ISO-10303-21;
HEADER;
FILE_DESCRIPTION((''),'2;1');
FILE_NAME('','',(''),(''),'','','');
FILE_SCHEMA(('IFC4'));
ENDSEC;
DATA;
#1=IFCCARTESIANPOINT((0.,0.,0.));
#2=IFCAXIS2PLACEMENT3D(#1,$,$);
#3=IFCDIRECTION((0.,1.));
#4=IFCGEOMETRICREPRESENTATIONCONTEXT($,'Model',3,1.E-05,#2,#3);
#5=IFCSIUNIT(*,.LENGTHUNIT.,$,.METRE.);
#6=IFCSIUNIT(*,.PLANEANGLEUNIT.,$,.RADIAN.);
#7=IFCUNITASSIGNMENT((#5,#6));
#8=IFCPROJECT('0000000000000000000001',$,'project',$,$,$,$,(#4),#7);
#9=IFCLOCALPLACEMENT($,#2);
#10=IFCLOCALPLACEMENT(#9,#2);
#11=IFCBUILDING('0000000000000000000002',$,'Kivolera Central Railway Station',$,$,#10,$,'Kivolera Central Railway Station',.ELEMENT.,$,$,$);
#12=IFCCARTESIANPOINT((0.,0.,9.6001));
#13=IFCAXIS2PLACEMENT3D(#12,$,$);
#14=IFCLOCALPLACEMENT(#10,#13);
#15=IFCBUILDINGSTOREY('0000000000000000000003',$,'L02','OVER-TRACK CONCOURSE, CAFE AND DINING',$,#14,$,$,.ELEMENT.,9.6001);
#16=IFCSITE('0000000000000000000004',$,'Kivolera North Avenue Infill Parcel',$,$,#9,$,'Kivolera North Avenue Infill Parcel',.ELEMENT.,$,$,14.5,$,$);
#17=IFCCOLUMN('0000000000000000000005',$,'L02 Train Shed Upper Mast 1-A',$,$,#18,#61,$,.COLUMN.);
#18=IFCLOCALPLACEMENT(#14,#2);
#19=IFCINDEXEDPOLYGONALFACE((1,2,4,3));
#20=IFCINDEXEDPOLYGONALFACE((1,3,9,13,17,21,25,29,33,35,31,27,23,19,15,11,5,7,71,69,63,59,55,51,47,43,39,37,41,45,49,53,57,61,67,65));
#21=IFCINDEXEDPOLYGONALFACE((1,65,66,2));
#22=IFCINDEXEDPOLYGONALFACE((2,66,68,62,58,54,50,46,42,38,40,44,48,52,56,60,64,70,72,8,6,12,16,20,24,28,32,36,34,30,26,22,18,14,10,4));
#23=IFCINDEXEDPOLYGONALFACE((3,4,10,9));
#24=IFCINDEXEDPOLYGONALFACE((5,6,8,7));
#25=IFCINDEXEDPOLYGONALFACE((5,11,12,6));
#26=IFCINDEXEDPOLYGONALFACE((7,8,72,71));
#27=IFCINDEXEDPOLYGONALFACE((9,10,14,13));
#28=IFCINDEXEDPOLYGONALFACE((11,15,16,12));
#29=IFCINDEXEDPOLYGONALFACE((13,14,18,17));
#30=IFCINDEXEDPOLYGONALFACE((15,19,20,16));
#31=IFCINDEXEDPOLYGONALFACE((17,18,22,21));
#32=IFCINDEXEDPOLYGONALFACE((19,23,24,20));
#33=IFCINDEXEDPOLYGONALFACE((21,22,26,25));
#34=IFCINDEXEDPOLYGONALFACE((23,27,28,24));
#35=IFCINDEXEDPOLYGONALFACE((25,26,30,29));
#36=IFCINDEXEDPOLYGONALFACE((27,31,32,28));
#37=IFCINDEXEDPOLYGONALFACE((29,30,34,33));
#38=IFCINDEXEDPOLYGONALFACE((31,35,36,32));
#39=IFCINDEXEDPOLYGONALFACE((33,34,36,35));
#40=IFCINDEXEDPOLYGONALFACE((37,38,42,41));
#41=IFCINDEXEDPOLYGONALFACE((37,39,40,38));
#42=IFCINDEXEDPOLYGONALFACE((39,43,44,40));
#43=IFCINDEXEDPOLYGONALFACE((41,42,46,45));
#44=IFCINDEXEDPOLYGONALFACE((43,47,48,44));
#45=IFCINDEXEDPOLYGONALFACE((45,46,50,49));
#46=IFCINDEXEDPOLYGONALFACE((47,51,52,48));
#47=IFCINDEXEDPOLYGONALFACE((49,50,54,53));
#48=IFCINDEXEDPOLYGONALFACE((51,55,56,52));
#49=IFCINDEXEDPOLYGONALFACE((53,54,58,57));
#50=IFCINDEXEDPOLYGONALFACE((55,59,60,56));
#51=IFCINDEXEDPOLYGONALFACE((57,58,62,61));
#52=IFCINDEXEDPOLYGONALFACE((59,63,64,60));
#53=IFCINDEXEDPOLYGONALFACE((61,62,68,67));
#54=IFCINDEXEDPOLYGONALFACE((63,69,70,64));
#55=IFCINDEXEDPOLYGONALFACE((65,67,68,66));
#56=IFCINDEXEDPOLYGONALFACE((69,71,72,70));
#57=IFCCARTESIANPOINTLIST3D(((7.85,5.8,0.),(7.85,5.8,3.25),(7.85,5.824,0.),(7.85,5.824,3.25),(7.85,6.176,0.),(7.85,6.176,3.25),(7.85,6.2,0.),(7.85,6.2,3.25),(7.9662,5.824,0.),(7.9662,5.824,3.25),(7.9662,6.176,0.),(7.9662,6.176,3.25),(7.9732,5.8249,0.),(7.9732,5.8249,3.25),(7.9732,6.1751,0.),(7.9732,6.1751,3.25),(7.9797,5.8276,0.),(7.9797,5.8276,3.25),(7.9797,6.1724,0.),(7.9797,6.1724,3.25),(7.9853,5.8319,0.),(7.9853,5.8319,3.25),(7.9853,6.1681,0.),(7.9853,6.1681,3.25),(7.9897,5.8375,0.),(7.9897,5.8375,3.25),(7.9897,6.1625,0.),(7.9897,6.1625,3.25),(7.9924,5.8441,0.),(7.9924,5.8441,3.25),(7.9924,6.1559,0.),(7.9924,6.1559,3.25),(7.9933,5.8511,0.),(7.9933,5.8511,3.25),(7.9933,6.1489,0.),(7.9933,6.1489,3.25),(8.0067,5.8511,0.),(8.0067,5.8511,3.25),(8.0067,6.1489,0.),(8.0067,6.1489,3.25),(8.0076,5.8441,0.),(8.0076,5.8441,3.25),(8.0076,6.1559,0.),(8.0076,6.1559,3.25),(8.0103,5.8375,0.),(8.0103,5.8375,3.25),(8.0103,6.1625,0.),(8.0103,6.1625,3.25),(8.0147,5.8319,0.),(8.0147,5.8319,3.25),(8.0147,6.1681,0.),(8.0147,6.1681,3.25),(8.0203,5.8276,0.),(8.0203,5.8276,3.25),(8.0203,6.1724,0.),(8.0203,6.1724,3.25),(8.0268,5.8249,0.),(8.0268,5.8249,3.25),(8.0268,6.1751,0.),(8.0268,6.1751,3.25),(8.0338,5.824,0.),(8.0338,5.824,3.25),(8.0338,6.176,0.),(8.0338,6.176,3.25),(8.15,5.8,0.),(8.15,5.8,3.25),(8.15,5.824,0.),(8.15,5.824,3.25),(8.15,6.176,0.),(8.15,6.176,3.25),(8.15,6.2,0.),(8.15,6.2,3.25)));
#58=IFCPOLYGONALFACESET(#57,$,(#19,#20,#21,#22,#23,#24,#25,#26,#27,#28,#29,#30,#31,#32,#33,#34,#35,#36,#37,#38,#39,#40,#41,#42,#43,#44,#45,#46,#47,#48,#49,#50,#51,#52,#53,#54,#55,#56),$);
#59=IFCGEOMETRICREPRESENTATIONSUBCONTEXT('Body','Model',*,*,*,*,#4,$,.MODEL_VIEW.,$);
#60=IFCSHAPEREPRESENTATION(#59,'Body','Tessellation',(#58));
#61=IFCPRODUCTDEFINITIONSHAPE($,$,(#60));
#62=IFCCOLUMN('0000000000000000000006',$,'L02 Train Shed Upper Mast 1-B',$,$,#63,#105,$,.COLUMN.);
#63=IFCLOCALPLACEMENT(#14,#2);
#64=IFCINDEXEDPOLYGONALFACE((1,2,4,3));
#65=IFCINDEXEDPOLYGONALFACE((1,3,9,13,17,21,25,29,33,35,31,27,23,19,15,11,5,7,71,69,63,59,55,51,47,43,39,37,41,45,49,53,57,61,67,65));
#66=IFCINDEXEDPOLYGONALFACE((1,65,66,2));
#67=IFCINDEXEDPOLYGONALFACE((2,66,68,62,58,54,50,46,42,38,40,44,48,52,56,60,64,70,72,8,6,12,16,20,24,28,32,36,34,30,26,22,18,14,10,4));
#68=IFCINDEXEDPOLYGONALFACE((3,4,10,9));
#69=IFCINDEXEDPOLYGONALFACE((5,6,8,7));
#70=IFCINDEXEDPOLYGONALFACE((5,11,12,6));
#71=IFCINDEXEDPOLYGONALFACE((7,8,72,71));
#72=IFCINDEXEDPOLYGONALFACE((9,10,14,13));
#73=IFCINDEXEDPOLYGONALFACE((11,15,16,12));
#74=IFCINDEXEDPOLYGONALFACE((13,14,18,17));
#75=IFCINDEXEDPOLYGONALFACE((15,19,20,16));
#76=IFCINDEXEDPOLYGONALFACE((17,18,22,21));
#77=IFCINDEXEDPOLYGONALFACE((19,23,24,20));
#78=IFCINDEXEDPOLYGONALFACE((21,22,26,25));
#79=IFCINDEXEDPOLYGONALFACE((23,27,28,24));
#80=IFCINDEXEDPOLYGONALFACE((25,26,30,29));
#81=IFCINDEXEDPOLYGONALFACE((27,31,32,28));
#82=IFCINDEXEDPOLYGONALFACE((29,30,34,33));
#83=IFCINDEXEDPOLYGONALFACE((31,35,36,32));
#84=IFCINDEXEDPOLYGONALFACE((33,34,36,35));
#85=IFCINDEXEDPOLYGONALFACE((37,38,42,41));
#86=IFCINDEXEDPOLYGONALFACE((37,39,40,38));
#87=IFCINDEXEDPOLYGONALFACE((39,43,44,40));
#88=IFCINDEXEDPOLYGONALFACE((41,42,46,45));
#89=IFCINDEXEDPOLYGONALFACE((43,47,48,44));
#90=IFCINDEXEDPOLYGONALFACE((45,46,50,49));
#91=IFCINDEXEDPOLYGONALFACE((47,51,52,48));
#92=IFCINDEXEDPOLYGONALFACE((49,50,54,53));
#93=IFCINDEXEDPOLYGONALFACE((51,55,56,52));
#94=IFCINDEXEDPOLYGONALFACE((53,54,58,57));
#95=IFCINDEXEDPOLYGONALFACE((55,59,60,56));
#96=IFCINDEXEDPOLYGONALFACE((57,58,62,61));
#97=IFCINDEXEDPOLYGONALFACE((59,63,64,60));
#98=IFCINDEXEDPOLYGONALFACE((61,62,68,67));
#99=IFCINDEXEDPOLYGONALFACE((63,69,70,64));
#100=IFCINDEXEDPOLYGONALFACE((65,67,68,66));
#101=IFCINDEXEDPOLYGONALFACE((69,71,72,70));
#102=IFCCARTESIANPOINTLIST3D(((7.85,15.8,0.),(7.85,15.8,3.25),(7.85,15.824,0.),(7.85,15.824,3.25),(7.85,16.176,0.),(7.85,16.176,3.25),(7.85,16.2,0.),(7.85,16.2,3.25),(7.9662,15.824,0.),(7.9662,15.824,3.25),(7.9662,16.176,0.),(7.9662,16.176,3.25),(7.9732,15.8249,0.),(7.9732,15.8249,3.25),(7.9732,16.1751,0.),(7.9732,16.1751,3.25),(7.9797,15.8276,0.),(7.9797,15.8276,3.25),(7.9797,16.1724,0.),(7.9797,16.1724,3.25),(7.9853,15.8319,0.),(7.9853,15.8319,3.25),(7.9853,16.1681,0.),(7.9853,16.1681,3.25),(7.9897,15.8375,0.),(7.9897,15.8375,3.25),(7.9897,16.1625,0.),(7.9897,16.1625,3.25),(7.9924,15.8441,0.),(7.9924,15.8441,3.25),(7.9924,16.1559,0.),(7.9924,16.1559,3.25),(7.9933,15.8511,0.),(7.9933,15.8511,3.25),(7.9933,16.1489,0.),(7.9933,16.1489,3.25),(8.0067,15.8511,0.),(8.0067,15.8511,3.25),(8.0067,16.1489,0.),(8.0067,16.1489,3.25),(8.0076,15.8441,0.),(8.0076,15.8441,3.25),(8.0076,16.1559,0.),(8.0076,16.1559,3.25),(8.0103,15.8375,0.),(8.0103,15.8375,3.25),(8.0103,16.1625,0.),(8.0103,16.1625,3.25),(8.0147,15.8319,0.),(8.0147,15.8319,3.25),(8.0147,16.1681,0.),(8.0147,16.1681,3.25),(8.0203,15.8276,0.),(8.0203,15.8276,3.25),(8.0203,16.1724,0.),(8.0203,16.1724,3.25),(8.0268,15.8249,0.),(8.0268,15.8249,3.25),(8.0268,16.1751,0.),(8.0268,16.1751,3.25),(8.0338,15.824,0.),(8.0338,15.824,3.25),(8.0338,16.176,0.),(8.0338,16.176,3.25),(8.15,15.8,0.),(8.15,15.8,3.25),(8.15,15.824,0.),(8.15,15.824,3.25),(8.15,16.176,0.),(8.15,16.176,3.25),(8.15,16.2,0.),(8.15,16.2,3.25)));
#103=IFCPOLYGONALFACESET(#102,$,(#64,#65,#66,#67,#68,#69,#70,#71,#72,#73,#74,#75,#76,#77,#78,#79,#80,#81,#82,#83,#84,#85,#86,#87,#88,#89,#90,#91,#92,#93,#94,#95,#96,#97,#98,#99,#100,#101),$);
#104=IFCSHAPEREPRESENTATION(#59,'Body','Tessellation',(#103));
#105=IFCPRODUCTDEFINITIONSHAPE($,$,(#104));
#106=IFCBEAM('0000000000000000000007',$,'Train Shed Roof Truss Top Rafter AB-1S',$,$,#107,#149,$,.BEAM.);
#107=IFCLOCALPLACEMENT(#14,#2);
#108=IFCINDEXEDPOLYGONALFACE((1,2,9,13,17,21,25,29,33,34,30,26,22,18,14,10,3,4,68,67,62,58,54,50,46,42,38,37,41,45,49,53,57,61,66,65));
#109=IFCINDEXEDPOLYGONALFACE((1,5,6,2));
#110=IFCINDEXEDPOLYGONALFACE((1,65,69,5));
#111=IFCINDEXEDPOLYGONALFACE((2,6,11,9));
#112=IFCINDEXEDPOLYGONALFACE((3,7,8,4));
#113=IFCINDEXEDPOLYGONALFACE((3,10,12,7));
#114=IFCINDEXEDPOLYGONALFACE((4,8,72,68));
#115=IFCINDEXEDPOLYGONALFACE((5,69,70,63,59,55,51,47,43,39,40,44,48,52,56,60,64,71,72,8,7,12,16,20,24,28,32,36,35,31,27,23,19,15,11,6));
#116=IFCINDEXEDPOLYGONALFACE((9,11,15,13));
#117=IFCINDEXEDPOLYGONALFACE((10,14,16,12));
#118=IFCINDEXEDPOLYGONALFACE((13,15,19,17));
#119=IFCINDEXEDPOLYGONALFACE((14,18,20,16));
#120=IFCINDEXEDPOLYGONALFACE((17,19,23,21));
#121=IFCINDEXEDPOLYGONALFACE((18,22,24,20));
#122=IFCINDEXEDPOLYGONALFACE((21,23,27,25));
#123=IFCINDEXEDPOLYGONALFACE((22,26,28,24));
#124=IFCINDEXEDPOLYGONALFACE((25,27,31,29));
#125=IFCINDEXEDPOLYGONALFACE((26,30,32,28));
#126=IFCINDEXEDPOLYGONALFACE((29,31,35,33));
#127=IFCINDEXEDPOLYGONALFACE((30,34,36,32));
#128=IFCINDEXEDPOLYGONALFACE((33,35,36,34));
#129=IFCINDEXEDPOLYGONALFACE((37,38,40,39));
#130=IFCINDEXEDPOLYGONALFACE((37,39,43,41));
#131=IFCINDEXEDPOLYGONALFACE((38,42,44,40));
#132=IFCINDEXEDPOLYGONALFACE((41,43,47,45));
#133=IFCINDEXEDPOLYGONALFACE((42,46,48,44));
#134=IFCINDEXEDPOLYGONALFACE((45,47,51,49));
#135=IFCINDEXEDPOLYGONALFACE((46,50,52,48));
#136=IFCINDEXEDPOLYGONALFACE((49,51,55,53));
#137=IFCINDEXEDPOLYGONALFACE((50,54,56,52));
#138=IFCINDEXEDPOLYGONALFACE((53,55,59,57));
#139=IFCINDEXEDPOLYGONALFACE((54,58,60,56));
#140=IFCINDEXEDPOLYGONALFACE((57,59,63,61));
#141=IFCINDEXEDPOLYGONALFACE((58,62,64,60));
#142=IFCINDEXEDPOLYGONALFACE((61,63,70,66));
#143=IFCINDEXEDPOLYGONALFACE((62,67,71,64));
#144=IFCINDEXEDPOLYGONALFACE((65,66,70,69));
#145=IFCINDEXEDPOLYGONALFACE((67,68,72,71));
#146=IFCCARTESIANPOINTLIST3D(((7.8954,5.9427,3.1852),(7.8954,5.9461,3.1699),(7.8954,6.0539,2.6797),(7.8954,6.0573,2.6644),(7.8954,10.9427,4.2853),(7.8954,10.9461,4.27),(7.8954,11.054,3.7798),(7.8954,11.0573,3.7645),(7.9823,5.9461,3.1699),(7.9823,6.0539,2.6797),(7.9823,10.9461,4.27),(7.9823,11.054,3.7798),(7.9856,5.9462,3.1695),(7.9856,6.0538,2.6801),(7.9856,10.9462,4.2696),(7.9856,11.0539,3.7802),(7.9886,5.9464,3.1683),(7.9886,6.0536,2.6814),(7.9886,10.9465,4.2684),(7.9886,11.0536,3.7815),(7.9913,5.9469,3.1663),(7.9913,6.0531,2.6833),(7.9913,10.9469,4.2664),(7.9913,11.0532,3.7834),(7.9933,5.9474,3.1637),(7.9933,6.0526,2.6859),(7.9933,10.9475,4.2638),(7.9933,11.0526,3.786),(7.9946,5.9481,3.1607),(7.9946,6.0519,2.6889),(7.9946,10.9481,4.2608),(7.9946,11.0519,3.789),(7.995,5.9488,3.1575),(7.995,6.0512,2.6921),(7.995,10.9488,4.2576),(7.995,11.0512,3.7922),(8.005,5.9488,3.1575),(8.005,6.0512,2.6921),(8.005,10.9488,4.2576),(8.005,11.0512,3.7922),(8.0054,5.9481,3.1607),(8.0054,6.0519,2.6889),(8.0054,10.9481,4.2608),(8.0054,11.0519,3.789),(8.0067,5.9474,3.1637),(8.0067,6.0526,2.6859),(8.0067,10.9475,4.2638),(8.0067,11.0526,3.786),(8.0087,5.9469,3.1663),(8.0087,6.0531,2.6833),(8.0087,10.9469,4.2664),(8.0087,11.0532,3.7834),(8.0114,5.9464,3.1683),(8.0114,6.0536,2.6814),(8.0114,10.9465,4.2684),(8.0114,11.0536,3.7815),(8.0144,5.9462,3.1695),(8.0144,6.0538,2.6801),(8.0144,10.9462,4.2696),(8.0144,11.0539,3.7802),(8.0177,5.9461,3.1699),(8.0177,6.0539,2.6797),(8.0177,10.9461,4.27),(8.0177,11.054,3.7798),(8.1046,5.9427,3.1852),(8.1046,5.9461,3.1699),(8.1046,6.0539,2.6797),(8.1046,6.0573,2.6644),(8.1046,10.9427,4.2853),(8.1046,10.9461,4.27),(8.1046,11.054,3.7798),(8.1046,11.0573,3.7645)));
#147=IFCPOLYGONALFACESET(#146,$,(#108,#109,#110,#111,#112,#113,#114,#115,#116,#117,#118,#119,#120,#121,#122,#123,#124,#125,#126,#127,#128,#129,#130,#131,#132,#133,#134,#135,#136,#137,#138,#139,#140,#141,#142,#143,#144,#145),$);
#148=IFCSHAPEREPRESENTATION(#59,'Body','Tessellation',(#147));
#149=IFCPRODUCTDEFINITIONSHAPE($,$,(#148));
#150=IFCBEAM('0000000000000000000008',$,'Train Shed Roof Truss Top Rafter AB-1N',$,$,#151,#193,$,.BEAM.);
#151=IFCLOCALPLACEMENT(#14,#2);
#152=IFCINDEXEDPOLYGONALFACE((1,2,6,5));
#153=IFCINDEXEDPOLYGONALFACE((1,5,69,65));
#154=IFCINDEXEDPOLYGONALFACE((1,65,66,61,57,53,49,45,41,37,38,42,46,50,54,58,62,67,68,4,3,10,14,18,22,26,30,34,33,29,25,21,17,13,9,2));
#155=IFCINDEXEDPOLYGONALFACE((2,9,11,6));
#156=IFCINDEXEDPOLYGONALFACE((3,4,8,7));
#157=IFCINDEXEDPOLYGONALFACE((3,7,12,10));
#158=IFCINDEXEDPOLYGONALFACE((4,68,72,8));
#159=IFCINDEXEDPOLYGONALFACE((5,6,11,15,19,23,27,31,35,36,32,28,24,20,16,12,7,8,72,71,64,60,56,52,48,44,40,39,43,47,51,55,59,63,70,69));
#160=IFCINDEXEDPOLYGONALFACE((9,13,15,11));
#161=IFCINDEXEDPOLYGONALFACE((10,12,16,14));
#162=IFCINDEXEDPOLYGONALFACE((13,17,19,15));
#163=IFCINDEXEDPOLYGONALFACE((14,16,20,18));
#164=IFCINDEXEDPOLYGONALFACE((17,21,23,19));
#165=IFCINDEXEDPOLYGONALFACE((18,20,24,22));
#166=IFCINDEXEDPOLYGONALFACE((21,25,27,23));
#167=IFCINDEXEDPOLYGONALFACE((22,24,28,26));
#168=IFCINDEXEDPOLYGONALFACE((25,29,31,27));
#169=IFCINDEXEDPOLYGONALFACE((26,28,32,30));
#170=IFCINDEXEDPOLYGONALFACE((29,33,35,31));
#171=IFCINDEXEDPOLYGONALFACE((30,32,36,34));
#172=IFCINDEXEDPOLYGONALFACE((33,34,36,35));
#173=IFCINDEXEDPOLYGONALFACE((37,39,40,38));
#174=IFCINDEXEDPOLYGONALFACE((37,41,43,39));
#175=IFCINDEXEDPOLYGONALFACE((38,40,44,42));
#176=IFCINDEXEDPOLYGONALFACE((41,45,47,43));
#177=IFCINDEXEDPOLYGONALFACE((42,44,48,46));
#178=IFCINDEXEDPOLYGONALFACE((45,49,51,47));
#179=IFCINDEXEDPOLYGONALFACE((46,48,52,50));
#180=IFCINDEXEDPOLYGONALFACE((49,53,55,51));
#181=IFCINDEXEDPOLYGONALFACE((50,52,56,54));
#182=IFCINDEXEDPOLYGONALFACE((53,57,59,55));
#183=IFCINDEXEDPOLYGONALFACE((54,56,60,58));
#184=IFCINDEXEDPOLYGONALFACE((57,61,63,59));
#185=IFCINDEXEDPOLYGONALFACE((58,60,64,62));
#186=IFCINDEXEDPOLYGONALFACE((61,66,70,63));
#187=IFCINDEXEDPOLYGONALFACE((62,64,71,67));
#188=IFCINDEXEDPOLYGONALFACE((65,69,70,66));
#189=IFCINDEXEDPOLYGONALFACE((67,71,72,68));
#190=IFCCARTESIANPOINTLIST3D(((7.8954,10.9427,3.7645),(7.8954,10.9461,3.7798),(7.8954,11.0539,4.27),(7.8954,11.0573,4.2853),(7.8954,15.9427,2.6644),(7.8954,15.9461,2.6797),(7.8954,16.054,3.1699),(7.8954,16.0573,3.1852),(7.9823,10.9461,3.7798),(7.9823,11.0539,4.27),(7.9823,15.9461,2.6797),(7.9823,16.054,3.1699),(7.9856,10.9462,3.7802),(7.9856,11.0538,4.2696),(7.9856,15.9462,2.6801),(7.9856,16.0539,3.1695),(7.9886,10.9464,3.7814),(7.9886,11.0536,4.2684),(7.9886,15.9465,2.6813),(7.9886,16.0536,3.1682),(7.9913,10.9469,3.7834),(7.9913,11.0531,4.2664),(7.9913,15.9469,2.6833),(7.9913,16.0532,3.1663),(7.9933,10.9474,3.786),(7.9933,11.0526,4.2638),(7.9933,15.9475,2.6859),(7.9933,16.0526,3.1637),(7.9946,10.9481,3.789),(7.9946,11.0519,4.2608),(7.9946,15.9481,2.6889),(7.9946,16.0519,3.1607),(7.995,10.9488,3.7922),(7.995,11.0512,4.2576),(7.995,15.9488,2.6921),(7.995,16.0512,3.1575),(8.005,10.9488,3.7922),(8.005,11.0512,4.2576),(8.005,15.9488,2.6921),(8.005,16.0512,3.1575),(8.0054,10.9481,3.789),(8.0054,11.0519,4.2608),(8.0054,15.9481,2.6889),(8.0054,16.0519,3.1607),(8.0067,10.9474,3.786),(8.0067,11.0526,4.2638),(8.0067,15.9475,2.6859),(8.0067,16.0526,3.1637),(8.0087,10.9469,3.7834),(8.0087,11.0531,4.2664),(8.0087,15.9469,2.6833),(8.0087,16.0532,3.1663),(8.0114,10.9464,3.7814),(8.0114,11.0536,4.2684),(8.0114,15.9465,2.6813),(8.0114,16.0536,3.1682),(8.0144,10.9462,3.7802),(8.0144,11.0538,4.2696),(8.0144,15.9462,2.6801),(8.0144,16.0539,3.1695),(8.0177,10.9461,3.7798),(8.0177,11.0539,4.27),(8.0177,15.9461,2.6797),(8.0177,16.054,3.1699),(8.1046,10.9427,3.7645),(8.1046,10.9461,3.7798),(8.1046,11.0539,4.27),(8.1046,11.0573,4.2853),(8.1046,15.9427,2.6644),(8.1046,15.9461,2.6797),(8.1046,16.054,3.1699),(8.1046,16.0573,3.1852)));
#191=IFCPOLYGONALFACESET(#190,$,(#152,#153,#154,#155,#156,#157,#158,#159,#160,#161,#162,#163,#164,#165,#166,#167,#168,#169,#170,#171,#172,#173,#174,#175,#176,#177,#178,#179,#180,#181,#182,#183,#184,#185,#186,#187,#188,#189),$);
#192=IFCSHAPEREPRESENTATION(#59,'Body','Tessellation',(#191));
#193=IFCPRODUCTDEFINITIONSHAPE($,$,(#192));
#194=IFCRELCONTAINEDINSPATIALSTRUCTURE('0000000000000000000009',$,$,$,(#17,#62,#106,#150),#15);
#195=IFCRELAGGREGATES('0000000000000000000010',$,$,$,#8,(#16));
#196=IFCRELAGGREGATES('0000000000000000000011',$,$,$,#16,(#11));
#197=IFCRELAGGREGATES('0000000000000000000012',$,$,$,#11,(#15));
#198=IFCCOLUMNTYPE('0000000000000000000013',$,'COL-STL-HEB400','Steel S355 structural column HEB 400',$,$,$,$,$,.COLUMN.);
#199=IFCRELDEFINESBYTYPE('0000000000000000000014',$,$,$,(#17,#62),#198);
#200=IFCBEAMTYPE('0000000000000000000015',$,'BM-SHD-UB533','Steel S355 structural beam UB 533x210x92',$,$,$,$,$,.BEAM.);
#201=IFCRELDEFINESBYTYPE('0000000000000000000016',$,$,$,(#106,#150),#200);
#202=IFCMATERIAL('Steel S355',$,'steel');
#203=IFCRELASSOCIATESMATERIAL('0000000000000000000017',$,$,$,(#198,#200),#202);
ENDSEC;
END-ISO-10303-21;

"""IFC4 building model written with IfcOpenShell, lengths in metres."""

from ifc_helpers import new_model, si_unit, direction, frame, origin, origin_2d, place, context, subcontext, project, spatial, i_section, extrude, material, material_profile, profile_set, type_object, element, save


model = new_model("IFC4")

# Units and contexts
model_context = context("Model", 3, precision=1e-05, world=origin(), true_north=direction((0.0, 1.0)))
body_context = subcontext(model_context, "Body", "Model", "MODEL_VIEW")
ifc_project = project(units=[si_unit("LENGTHUNIT", "METRE"), si_unit("PLANEANGLEUNIT", "RADIAN")], contexts=[model_context])

# Site, building, storey
site_placement = place(None, origin())
site = spatial("IfcSite", under=ifc_project, at=site_placement, Name="Kivolera North Avenue Infill Parcel", LongName="Kivolera North Avenue Infill Parcel", CompositionType="ELEMENT", RefElevation=14.5)
building_placement = place(site_placement, origin())
building = spatial("IfcBuilding", under=site, at=building_placement, Name="Kivolera Central Railway Station", LongName="Kivolera Central Railway Station", CompositionType="ELEMENT")
storey_placement = place(building_placement, frame((0.0, 0.0, 9.6001)))
storey = spatial("IfcBuildingStorey", under=building, at=storey_placement, Name="L02", Description="OVER-TRACK CONCOURSE, CAFE AND DINING", CompositionType="ELEMENT", Elevation=9.6001)

# Columns
ifc_material_1 = material(Name="Steel S355", Category="steel")
ifc_material_profile_1 = material_profile(ifc_material_1, i_section(OverallWidth=0.3, OverallDepth=0.3999, WebThickness=0.0134, FlangeThickness=0.0239, FilletRadius=0.0271, at=origin_2d()), Name="HEB 400")
ifc_profile_set_1 = profile_set([ifc_material_profile_1], Name="Steel S355")
column_type = type_object("IfcColumnType", Name="COL-STL-HEB400", Description="Steel S355 structural column HEB 400", PredefinedType="COLUMN", material=ifc_profile_set_1)
for number, where, z_axis, x_axis, name in (
    (1, (8.0, 6.0, 0.0), (0.0, 0.0, 1.0), (1.0, 0.0, 0.0), "L02 Train Shed Upper Mast 1-A"),
    (2, (8.0, 16.0, 0.0), (0.0, 0.0, 1.0), (1.0, 0.0, 0.0), "L02 Train Shed Upper Mast 1-B"),
):
    element("IfcColumn", number, at=place(storey_placement, frame(where, z_axis=z_axis, x_axis=x_axis)), inside=storey, type_object=column_type, Name=name, PredefinedType="COLUMN", context=body_context, shape_type="SweptSolid", body=[
        extrude(i_section(OverallWidth=0.3, OverallDepth=0.3999, WebThickness=0.0134, FlangeThickness=0.0239, FilletRadius=0.0271, at=origin_2d()), origin(), (0.0, 0.0, 1.0), 3.25),
    ])

# Beams
ifc_material_profile_2 = material_profile(ifc_material_1, i_section(OverallWidth=0.2092, OverallDepth=0.5332, WebThickness=0.01, FlangeThickness=0.0156, FilletRadius=0.0127, at=origin_2d()), Name="UB 533x210x92")
ifc_profile_set_2 = profile_set([ifc_material_profile_2], Name="Steel S355")
beam_type = type_object("IfcBeamType", Name="BM-SHD-UB533", Description="Steel S355 structural beam UB 533x210x92", PredefinedType="BEAM", material=ifc_profile_set_2)
for number, where, z_axis, x_axis, name in (
    (3, (8.0, 6.0, 2.9248), (0.0, 0.97664, 0.21488), (-1.0, 0.0, 0.0), "Train Shed Roof Truss Top Rafter AB-1S"),
    (4, (8.0, 11.0, 4.0249), (0.0, 0.97664, -0.21488), (-1.0, 0.0, 0.0), "Train Shed Roof Truss Top Rafter AB-1N"),
):
    element("IfcBeam", number, at=place(storey_placement, frame(where, z_axis=z_axis, x_axis=x_axis)), inside=storey, type_object=beam_type, Name=name, PredefinedType="BEAM", context=body_context, shape_type="SweptSolid", body=[
        extrude(i_section(OverallWidth=0.2092, OverallDepth=0.5332, WebThickness=0.01, FlangeThickness=0.0156, FilletRadius=0.0127, at=origin_2d()), origin(), (0.0, 0.0, 1.0), 5.1196),
    ])

save(model, "model.ifc")
